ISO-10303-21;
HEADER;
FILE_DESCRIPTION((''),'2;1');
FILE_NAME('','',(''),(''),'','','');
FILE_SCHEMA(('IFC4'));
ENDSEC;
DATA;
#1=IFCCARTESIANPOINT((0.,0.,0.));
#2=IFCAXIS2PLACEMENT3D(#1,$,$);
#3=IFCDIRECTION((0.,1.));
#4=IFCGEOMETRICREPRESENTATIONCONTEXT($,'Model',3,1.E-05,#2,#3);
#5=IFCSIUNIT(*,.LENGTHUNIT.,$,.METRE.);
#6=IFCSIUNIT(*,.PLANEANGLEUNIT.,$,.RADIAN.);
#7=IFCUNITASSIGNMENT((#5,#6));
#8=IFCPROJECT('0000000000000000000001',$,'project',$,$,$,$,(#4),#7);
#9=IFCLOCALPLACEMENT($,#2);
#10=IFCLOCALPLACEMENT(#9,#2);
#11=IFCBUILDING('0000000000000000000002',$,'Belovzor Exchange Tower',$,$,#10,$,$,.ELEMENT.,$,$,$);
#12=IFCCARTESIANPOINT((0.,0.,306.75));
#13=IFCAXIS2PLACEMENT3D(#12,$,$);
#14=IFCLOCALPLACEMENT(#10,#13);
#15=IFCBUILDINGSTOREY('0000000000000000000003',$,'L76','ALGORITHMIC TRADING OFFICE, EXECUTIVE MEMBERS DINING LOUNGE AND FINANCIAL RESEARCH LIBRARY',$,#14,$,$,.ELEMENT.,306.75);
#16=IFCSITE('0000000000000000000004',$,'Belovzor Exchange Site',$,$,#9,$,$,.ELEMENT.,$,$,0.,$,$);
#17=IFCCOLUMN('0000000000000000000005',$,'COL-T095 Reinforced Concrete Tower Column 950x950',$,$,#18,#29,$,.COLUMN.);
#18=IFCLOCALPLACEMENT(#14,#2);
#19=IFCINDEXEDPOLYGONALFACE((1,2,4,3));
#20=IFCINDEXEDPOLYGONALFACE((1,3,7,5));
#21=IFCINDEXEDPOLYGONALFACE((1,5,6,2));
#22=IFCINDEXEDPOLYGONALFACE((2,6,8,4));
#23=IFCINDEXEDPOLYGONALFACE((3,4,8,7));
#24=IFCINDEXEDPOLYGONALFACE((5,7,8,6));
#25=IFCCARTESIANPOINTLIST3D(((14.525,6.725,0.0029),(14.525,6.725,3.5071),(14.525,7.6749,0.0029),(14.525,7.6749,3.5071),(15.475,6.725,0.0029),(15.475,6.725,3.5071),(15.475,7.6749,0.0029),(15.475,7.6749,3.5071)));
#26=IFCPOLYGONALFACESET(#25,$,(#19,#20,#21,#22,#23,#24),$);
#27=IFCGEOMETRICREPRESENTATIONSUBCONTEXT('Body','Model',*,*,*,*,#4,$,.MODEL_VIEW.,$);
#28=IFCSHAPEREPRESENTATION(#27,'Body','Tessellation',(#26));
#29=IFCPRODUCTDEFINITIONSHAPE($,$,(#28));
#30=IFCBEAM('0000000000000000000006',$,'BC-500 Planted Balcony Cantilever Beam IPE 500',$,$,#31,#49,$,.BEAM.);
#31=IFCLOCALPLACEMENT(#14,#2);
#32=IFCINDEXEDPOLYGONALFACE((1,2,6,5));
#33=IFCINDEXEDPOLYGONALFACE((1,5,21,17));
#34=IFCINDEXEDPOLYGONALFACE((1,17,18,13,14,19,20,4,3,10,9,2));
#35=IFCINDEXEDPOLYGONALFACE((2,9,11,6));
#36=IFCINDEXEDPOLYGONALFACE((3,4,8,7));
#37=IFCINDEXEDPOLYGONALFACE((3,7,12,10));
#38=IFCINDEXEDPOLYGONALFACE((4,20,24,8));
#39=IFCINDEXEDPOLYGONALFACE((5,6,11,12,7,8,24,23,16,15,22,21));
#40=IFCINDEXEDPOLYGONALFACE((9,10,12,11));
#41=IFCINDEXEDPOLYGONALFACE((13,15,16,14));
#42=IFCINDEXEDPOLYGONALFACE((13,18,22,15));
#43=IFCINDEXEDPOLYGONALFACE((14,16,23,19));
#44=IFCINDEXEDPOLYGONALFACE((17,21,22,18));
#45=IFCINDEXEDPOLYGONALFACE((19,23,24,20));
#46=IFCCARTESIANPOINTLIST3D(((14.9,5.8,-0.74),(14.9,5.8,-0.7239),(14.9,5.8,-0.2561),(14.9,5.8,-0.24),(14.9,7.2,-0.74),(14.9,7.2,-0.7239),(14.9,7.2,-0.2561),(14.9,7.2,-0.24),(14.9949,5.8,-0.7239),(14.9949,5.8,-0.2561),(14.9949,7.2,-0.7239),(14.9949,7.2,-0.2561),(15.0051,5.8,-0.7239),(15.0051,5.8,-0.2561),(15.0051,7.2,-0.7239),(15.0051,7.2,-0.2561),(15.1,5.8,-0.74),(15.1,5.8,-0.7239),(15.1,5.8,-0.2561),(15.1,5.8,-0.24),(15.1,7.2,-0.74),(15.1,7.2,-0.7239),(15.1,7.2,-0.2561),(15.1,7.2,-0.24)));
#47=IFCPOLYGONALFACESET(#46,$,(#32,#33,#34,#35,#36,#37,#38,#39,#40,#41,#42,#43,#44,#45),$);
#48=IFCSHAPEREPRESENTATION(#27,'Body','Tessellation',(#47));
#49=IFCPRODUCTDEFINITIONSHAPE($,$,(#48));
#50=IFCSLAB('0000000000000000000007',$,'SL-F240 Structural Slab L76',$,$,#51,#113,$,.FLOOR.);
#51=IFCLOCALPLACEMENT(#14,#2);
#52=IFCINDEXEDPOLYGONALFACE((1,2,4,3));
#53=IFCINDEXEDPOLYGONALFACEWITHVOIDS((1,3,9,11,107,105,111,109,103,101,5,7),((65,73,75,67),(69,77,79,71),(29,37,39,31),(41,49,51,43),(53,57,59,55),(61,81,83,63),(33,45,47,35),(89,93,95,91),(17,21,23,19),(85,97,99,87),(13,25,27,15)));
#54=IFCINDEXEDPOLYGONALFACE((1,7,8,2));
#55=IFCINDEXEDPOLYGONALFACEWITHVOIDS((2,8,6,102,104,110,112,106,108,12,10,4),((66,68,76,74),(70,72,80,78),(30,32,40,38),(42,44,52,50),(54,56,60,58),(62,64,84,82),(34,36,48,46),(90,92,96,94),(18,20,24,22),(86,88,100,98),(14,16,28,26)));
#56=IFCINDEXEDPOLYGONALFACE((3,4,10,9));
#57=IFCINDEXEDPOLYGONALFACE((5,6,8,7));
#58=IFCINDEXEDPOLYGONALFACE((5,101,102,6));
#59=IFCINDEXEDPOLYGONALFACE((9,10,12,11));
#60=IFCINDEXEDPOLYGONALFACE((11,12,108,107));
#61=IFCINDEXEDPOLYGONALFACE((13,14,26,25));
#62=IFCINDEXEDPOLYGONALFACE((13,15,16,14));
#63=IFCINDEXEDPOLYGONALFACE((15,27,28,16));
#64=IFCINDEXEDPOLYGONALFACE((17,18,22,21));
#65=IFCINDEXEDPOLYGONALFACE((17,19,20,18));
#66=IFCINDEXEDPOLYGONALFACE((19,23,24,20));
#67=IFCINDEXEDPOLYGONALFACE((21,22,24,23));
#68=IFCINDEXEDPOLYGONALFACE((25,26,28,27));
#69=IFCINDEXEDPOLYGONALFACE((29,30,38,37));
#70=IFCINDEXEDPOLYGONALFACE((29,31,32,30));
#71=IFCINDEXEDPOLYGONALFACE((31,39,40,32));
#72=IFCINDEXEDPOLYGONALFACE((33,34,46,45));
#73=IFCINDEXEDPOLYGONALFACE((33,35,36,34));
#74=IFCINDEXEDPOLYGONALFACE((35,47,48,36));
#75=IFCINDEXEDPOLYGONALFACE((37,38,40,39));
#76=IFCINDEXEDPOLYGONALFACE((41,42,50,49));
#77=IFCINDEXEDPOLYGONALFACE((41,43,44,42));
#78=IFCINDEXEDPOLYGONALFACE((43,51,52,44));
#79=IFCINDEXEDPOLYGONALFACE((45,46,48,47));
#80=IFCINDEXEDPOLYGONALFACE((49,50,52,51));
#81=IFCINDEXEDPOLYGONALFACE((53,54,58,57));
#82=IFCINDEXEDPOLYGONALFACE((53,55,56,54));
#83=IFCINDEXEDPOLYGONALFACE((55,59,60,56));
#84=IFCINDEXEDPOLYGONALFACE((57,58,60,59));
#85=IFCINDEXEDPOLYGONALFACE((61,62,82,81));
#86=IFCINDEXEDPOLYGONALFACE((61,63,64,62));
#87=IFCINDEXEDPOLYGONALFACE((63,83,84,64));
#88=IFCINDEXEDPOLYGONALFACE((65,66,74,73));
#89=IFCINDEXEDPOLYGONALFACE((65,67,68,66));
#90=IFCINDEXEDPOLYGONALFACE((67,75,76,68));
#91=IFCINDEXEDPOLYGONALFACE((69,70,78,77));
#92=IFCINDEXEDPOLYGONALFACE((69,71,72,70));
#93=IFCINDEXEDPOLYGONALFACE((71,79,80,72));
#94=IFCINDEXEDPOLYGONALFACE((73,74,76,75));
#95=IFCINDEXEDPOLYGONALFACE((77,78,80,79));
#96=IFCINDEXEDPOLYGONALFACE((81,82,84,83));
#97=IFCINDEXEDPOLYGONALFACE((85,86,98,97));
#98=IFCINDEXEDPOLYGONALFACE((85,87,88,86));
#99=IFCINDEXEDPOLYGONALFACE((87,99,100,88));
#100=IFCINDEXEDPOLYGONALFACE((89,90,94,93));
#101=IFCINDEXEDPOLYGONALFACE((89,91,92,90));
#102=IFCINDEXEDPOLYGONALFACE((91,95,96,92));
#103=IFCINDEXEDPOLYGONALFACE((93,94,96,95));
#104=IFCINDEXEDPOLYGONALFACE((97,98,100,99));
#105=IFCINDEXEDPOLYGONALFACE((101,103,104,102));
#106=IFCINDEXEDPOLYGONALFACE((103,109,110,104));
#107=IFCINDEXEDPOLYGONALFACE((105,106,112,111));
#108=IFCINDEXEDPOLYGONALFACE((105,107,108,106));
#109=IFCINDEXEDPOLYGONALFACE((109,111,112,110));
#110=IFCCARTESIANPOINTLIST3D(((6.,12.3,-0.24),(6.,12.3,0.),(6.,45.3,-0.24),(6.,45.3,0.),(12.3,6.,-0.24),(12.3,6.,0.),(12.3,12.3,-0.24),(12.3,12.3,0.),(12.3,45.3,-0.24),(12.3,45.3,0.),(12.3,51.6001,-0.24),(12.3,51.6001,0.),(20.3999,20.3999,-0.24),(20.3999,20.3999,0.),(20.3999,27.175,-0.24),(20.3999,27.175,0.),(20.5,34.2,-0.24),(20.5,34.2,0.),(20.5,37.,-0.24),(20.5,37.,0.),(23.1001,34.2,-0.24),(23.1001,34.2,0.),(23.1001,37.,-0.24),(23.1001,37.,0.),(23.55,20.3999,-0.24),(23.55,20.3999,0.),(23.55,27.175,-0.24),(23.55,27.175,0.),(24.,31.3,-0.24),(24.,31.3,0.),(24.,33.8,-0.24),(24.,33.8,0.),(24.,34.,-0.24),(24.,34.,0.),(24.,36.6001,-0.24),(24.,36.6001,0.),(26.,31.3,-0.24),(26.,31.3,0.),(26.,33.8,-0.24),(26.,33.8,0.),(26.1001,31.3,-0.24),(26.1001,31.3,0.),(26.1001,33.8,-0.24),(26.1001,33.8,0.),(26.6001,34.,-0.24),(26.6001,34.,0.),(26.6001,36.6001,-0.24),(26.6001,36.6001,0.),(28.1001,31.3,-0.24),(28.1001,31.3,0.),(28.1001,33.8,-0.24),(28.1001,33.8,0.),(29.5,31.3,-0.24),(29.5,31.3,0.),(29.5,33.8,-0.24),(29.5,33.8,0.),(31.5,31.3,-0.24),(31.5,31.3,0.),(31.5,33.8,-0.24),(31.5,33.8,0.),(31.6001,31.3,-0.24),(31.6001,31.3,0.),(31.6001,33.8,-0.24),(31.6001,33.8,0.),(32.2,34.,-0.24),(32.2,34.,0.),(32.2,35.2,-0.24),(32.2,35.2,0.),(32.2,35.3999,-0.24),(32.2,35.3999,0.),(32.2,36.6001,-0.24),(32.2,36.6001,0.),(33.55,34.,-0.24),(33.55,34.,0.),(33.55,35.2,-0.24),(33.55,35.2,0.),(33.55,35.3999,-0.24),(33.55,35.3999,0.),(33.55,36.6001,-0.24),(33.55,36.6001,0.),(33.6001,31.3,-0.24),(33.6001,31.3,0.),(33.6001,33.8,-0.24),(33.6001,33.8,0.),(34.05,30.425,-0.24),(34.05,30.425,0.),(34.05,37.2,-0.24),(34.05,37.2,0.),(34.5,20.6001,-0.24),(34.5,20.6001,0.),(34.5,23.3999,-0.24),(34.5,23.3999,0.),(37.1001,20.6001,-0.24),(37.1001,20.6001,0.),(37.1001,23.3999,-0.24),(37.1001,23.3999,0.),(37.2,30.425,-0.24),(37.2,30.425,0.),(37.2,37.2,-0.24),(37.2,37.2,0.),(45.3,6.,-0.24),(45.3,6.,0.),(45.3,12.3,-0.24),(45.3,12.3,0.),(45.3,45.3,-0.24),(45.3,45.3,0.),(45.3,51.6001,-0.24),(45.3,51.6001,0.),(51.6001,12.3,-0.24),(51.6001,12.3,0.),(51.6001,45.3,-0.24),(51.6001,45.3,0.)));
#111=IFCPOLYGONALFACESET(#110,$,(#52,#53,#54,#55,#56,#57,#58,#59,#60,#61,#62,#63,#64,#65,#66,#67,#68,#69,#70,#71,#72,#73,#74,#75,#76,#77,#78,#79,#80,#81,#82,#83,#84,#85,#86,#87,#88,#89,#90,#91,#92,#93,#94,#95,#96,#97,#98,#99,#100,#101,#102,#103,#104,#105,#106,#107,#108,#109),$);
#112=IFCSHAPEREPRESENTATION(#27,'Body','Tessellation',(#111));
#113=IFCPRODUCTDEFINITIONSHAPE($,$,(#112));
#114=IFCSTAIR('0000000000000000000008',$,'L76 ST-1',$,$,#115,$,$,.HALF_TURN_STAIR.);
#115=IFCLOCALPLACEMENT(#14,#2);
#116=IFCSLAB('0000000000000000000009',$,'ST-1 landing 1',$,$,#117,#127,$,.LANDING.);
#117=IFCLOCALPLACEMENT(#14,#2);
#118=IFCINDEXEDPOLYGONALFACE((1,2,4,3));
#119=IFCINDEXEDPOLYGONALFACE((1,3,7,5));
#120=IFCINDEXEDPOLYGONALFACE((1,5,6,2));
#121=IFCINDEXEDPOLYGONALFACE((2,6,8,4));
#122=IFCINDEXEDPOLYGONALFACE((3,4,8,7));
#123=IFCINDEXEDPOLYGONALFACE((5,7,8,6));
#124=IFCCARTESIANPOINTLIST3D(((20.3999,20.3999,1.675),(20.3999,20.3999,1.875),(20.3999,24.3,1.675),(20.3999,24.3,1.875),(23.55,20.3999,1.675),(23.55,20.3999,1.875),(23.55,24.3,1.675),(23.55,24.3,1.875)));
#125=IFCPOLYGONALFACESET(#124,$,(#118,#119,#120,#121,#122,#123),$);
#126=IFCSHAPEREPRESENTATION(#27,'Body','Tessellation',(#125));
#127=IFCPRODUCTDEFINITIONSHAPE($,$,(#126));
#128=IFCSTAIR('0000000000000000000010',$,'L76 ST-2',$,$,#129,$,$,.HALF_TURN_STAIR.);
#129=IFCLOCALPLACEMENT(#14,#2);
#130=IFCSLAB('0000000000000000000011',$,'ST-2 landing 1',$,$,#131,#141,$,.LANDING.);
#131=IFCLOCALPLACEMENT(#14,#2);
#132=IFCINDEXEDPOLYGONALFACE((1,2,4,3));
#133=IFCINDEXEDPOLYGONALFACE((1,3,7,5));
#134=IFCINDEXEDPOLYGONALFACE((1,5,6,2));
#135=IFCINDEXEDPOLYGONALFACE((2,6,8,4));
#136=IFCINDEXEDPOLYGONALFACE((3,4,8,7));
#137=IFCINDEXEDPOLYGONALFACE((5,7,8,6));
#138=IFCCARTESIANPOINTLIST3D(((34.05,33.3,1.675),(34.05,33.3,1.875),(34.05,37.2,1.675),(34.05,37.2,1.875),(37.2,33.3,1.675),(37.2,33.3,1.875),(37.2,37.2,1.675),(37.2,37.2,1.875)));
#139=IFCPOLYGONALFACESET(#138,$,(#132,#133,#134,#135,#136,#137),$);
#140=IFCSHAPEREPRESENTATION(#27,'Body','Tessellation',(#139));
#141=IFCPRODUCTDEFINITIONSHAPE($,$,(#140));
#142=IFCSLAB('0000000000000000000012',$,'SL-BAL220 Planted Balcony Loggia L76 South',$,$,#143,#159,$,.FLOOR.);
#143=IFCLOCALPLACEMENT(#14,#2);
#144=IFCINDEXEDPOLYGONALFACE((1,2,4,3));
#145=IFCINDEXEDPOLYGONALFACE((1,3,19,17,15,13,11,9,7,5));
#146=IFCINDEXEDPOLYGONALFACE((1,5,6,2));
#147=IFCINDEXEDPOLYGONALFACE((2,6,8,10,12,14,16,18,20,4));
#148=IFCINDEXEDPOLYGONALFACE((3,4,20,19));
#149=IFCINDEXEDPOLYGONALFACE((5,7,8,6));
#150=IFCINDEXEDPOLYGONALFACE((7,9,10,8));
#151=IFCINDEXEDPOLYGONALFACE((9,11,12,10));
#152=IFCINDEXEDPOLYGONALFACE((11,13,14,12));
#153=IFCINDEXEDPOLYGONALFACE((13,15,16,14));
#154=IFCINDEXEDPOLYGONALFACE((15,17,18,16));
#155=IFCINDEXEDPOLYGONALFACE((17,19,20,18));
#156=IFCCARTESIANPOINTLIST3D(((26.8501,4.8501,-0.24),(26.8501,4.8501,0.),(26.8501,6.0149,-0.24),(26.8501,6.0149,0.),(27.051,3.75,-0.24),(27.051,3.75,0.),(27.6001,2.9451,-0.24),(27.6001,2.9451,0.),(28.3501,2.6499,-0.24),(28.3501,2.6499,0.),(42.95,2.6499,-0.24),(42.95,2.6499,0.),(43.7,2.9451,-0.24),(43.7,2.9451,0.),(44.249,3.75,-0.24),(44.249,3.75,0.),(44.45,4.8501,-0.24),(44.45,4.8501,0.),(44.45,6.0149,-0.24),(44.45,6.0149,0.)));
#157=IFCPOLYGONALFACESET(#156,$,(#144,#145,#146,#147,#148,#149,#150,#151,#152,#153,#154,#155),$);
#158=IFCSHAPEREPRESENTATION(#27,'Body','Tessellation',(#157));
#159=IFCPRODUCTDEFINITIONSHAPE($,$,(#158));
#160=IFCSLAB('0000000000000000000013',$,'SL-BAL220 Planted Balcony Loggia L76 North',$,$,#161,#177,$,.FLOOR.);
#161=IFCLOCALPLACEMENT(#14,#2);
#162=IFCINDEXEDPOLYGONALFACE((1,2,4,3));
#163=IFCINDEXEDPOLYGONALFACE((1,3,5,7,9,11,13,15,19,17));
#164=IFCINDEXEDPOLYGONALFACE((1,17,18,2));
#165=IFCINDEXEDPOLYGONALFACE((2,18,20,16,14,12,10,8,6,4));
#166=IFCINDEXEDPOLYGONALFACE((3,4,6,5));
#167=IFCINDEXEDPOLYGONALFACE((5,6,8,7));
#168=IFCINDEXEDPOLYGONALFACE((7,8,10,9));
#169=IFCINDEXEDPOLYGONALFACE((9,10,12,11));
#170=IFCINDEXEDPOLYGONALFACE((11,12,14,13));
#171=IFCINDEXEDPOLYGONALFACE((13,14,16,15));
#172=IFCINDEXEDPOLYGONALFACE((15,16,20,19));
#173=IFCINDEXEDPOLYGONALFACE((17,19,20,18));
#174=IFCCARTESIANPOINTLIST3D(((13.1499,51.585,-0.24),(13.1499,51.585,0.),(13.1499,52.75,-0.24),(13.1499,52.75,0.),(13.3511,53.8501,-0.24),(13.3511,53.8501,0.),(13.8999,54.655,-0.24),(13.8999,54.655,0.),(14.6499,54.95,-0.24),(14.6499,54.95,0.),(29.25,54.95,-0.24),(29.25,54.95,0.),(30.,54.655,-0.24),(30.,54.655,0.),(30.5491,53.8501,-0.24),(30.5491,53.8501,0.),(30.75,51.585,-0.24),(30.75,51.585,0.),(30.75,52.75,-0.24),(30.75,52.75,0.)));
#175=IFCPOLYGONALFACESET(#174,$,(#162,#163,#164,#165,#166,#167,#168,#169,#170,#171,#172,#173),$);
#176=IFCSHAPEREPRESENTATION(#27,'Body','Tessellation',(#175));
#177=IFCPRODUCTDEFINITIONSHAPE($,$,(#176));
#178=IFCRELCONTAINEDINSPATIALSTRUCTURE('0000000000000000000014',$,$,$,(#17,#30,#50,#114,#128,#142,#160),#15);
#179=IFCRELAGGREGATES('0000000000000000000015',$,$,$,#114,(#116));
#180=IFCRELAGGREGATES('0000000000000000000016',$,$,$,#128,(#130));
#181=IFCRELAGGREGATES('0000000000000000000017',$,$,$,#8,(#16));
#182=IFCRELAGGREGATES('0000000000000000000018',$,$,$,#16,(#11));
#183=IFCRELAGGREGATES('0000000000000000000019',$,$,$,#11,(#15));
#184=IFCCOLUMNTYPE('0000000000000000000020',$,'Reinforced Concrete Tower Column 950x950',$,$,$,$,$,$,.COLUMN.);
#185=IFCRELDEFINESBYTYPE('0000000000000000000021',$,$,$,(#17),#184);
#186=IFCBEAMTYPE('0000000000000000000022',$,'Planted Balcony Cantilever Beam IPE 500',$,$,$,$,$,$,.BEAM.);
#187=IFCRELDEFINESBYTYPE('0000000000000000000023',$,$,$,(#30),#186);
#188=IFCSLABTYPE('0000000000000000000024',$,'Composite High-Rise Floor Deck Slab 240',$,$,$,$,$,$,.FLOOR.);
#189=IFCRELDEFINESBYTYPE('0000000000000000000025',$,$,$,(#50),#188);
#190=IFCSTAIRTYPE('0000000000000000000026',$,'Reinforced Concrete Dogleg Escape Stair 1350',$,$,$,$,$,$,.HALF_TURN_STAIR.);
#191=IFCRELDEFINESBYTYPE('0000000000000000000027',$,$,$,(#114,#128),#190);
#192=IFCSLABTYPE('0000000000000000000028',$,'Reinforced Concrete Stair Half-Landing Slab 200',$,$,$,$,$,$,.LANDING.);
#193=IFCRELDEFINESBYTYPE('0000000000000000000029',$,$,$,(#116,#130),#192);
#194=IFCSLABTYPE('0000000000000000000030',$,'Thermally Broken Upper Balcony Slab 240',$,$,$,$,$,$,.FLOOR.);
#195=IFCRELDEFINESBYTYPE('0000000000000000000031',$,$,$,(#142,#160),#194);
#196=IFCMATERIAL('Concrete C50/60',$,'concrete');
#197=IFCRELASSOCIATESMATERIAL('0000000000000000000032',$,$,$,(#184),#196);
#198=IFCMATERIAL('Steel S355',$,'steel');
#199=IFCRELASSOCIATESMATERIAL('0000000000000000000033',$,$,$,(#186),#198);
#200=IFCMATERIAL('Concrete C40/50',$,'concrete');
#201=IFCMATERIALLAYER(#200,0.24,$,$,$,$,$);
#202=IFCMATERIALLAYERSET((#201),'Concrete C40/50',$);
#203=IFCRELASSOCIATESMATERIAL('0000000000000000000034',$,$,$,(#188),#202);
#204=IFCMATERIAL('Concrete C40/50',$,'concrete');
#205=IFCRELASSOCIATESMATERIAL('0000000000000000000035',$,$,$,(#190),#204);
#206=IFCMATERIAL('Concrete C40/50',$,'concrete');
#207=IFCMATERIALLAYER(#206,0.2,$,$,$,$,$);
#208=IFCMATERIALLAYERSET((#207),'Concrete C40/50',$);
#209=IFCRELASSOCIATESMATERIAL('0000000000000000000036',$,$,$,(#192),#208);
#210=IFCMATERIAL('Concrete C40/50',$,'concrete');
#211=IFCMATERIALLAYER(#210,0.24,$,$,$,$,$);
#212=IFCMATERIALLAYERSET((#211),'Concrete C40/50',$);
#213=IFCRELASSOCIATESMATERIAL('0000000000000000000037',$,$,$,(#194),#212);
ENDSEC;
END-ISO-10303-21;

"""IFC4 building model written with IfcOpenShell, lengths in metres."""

from ifc_helpers import new_model, si_unit, direction, frame, origin, origin_2d, place, context, subcontext, project, spatial, polyline, rectangle, i_section, outline, extrude, material, layer, layer_set, material_profile, profile_set, type_object, element, aggregate, save


model = new_model("IFC4")

# Units and contexts
model_context = context("Model", 3, precision=1e-05, world=origin(), true_north=direction((0.0, 1.0)))
body_context = subcontext(model_context, "Body", "Model", "MODEL_VIEW")
ifc_project = project(units=[si_unit("LENGTHUNIT", "METRE"), si_unit("PLANEANGLEUNIT", "RADIAN")], contexts=[model_context])

# Site, building, storey
site_placement = place(None, origin())
site = spatial("IfcSite", under=ifc_project, at=site_placement, Name="Belovzor Exchange Site", CompositionType="ELEMENT", RefElevation=0.0)
building_placement = place(site_placement, origin())
building = spatial("IfcBuilding", under=site, at=building_placement, Name="Belovzor Exchange Tower", CompositionType="ELEMENT")
storey_placement = place(building_placement, frame((0.0, 0.0, 306.75)))
storey = spatial("IfcBuildingStorey", under=building, at=storey_placement, Name="L76", Description="ALGORITHMIC TRADING OFFICE, EXECUTIVE MEMBERS DINING LOUNGE AND FINANCIAL RESEARCH LIBRARY", CompositionType="ELEMENT", Elevation=306.75)

# Column
ifc_material_1 = material(Name="Concrete C50/60", Category="concrete")
ifc_material_profile_1 = material_profile(ifc_material_1, rectangle(XDim=0.95, YDim=0.95, at=origin_2d()))
ifc_profile_set_1 = profile_set([ifc_material_profile_1], Name="Concrete C50/60")
column_type = type_object("IfcColumnType", Name="Reinforced Concrete Tower Column 950x950", PredefinedType="COLUMN", material=ifc_profile_set_1)
column_placement = place(storey_placement, frame((15.0, 7.2, 0.0029), z_axis=(0.0, 0.0, 1.0), x_axis=(1.0, 0.0, 0.0)))
element("IfcColumn", 1, at=column_placement, inside=storey, type_object=column_type, Name="COL-T095 Reinforced Concrete Tower Column 950x950", PredefinedType="COLUMN", context=body_context, shape_type="SweptSolid", body=[
    extrude(rectangle(XDim=0.95, YDim=0.95, at=origin_2d()), origin(), (0.0, 0.0, 1.0), 3.5042),
])

# Beam
ifc_material_2 = material(Name="Steel S355", Category="steel")
ifc_material_profile_2 = material_profile(ifc_material_2, i_section(OverallWidth=0.2, OverallDepth=0.5, WebThickness=0.0103, FlangeThickness=0.0161, at=origin_2d()))
ifc_profile_set_2 = profile_set([ifc_material_profile_2], Name="Steel S355")
beam_type = type_object("IfcBeamType", Name="Planted Balcony Cantilever Beam IPE 500", PredefinedType="BEAM", material=ifc_profile_set_2)
beam_placement = place(storey_placement, frame((15.0, 7.2, -0.49), z_axis=(0.0, -1.0, 0.0), x_axis=(1.0, 0.0, 0.0)))
element("IfcBeam", 2, at=beam_placement, inside=storey, type_object=beam_type, Name="BC-500 Planted Balcony Cantilever Beam IPE 500", PredefinedType="BEAM", context=body_context, shape_type="SweptSolid", body=[
    extrude(i_section(OverallWidth=0.2, OverallDepth=0.5, WebThickness=0.0103, FlangeThickness=0.0161, at=origin_2d()), origin(), (0.0, 0.0, 1.0), 1.3999),
])

# Slab
ifc_material_3 = material(Name="Concrete C40/50", Category="concrete")
ifc_layer_1 = layer(ifc_material_3, 0.24)
ifc_layer_set_1 = layer_set([ifc_layer_1], Name="Concrete C40/50")
slab_type_1 = type_object("IfcSlabType", Name="Composite High-Rise Floor Deck Slab 240", PredefinedType="FLOOR", material=ifc_layer_set_1)
slab_1_placement = place(storey_placement, frame((0.0, 0.0, -0.24)))
element("IfcSlab", 3, at=slab_1_placement, inside=storey, type_object=slab_type_1, Name="SL-F240 Structural Slab L76", PredefinedType="FLOOR", context=body_context, shape_type="SweptSolid", body=[
    extrude(outline(polyline([(12.3, 6.0), (45.3, 6.0), (45.3, 12.3), (51.6001, 12.3), (51.6001, 45.3), (45.3, 45.3), (45.3, 51.6001), (12.3, 51.6001), (12.3, 45.3), (6.0, 45.3), (6.0, 12.3), (12.3, 12.3), (12.3, 6.0)]), holes=[polyline([(20.3999, 27.175), (20.3999, 20.3999), (23.55, 20.3999), (23.55, 27.175), (20.3999, 27.175)]), polyline([(37.2, 30.425), (37.2, 37.2), (34.05, 37.2), (34.05, 30.425), (37.2, 30.425)]), polyline([(20.5, 34.2), (23.1001, 34.2), (23.1001, 37.0), (20.5, 37.0), (20.5, 34.2)]), polyline([(34.5, 20.6001), (37.1001, 20.6001), (37.1001, 23.3999), (34.5, 23.3999), (34.5, 20.6001)]), polyline([(24.0, 34.0), (26.6001, 34.0), (26.6001, 36.6001), (24.0, 36.6001), (24.0, 34.0)]), polyline([(24.0, 31.3), (26.0, 31.3), (26.0, 33.8), (24.0, 33.8), (24.0, 31.3)]), polyline([(26.1001, 31.3), (28.1001, 31.3), (28.1001, 33.8), (26.1001, 33.8), (26.1001, 31.3)]), polyline([(29.5, 31.3), (31.5, 31.3), (31.5, 33.8), (29.5, 33.8), (29.5, 31.3)]), polyline([(31.6001, 31.3), (33.6001, 31.3), (33.6001, 33.8), (31.6001, 33.8), (31.6001, 31.3)]), polyline([(32.2, 34.0), (33.55, 34.0), (33.55, 35.2), (32.2, 35.2), (32.2, 34.0)]), polyline([(32.2, 35.3999), (33.55, 35.3999), (33.55, 36.6001), (32.2, 36.6001), (32.2, 35.3999)])]), origin(), (0.0, 0.0, 1.0), 0.24),
])

# Stairs, slabs
ifc_material_4 = material(Name="Concrete C40/50", Category="concrete")
stair_type = type_object("IfcStairType", Name="Reinforced Concrete Dogleg Escape Stair 1350", PredefinedType="HALF_TURN_STAIR", material=ifc_material_4)
stair_1_placement = place(storey_placement, origin())
stair_1 = element("IfcStair", 4, at=stair_1_placement, inside=storey, type_object=stair_type, Name="L76 ST-1", PredefinedType="HALF_TURN_STAIR")
ifc_material_5 = material(Name="Concrete C40/50", Category="concrete")
ifc_layer_2 = layer(ifc_material_5, 0.2)
ifc_layer_set_2 = layer_set([ifc_layer_2], Name="Concrete C40/50")
slab_type_2 = type_object("IfcSlabType", Name="Reinforced Concrete Stair Half-Landing Slab 200", PredefinedType="LANDING", material=ifc_layer_set_2)
slab_2_placement = place(storey_placement, frame((0.0, 0.0, 1.675)))
slab_2 = element("IfcSlab", 5, at=slab_2_placement, type_object=slab_type_2, Name="ST-1 landing 1", PredefinedType="LANDING", context=body_context, shape_type="SweptSolid", body=[
    extrude(outline(polyline([(20.3999, 24.3), (20.3999, 20.3999), (23.55, 20.3999), (23.55, 24.3), (20.3999, 24.3)])), origin(), (0.0, 0.0, 1.0), 0.2),
])
aggregate(stair_1, [slab_2])
stair_2_placement = place(storey_placement, origin())
stair_2 = element("IfcStair", 6, at=stair_2_placement, inside=storey, type_object=stair_type, Name="L76 ST-2", PredefinedType="HALF_TURN_STAIR")
slab_3_placement = place(storey_placement, frame((0.0, 0.0, 1.675)))
slab_3 = element("IfcSlab", 7, at=slab_3_placement, type_object=slab_type_2, Name="ST-2 landing 1", PredefinedType="LANDING", context=body_context, shape_type="SweptSolid", body=[
    extrude(outline(polyline([(37.2, 33.3), (37.2, 37.2), (34.05, 37.2), (34.05, 33.3), (37.2, 33.3)])), origin(), (0.0, 0.0, 1.0), 0.2),
])
aggregate(stair_2, [slab_3])

# Slabs
ifc_material_6 = material(Name="Concrete C40/50", Category="concrete")
ifc_layer_3 = layer(ifc_material_6, 0.24)
ifc_layer_set_3 = layer_set([ifc_layer_3], Name="Concrete C40/50")
slab_type_3 = type_object("IfcSlabType", Name="Thermally Broken Upper Balcony Slab 240", PredefinedType="FLOOR", material=ifc_layer_set_3)
slab_4_placement = place(storey_placement, frame((0.0, 0.0, -0.24)))
element("IfcSlab", 8, at=slab_4_placement, inside=storey, type_object=slab_type_3, Name="SL-BAL220 Planted Balcony Loggia L76 South", PredefinedType="FLOOR", context=body_context, shape_type="SweptSolid", body=[
    extrude(outline(polyline([(26.8501, 6.0149), (26.8501, 4.8501), (27.051, 3.75), (27.6001, 2.9451), (28.3501, 2.6499), (42.95, 2.6499), (43.7, 2.9451), (44.249, 3.75), (44.45, 4.8501), (44.45, 6.0149), (26.8501, 6.0149)])), origin(), (0.0, 0.0, 1.0), 0.24),
])
slab_5_placement = place(storey_placement, frame((0.0, 0.0, -0.24)))
element("IfcSlab", 9, at=slab_5_placement, inside=storey, type_object=slab_type_3, Name="SL-BAL220 Planted Balcony Loggia L76 North", PredefinedType="FLOOR", context=body_context, shape_type="SweptSolid", body=[
    extrude(outline(polyline([(30.75, 51.585), (30.75, 52.75), (30.5491, 53.8501), (30.0, 54.655), (29.25, 54.95), (14.6499, 54.95), (13.8999, 54.655), (13.3511, 53.8501), (13.1499, 52.75), (13.1499, 51.585), (30.75, 51.585)])), origin(), (0.0, 0.0, 1.0), 0.24),
])

save(model, "model.ifc")
